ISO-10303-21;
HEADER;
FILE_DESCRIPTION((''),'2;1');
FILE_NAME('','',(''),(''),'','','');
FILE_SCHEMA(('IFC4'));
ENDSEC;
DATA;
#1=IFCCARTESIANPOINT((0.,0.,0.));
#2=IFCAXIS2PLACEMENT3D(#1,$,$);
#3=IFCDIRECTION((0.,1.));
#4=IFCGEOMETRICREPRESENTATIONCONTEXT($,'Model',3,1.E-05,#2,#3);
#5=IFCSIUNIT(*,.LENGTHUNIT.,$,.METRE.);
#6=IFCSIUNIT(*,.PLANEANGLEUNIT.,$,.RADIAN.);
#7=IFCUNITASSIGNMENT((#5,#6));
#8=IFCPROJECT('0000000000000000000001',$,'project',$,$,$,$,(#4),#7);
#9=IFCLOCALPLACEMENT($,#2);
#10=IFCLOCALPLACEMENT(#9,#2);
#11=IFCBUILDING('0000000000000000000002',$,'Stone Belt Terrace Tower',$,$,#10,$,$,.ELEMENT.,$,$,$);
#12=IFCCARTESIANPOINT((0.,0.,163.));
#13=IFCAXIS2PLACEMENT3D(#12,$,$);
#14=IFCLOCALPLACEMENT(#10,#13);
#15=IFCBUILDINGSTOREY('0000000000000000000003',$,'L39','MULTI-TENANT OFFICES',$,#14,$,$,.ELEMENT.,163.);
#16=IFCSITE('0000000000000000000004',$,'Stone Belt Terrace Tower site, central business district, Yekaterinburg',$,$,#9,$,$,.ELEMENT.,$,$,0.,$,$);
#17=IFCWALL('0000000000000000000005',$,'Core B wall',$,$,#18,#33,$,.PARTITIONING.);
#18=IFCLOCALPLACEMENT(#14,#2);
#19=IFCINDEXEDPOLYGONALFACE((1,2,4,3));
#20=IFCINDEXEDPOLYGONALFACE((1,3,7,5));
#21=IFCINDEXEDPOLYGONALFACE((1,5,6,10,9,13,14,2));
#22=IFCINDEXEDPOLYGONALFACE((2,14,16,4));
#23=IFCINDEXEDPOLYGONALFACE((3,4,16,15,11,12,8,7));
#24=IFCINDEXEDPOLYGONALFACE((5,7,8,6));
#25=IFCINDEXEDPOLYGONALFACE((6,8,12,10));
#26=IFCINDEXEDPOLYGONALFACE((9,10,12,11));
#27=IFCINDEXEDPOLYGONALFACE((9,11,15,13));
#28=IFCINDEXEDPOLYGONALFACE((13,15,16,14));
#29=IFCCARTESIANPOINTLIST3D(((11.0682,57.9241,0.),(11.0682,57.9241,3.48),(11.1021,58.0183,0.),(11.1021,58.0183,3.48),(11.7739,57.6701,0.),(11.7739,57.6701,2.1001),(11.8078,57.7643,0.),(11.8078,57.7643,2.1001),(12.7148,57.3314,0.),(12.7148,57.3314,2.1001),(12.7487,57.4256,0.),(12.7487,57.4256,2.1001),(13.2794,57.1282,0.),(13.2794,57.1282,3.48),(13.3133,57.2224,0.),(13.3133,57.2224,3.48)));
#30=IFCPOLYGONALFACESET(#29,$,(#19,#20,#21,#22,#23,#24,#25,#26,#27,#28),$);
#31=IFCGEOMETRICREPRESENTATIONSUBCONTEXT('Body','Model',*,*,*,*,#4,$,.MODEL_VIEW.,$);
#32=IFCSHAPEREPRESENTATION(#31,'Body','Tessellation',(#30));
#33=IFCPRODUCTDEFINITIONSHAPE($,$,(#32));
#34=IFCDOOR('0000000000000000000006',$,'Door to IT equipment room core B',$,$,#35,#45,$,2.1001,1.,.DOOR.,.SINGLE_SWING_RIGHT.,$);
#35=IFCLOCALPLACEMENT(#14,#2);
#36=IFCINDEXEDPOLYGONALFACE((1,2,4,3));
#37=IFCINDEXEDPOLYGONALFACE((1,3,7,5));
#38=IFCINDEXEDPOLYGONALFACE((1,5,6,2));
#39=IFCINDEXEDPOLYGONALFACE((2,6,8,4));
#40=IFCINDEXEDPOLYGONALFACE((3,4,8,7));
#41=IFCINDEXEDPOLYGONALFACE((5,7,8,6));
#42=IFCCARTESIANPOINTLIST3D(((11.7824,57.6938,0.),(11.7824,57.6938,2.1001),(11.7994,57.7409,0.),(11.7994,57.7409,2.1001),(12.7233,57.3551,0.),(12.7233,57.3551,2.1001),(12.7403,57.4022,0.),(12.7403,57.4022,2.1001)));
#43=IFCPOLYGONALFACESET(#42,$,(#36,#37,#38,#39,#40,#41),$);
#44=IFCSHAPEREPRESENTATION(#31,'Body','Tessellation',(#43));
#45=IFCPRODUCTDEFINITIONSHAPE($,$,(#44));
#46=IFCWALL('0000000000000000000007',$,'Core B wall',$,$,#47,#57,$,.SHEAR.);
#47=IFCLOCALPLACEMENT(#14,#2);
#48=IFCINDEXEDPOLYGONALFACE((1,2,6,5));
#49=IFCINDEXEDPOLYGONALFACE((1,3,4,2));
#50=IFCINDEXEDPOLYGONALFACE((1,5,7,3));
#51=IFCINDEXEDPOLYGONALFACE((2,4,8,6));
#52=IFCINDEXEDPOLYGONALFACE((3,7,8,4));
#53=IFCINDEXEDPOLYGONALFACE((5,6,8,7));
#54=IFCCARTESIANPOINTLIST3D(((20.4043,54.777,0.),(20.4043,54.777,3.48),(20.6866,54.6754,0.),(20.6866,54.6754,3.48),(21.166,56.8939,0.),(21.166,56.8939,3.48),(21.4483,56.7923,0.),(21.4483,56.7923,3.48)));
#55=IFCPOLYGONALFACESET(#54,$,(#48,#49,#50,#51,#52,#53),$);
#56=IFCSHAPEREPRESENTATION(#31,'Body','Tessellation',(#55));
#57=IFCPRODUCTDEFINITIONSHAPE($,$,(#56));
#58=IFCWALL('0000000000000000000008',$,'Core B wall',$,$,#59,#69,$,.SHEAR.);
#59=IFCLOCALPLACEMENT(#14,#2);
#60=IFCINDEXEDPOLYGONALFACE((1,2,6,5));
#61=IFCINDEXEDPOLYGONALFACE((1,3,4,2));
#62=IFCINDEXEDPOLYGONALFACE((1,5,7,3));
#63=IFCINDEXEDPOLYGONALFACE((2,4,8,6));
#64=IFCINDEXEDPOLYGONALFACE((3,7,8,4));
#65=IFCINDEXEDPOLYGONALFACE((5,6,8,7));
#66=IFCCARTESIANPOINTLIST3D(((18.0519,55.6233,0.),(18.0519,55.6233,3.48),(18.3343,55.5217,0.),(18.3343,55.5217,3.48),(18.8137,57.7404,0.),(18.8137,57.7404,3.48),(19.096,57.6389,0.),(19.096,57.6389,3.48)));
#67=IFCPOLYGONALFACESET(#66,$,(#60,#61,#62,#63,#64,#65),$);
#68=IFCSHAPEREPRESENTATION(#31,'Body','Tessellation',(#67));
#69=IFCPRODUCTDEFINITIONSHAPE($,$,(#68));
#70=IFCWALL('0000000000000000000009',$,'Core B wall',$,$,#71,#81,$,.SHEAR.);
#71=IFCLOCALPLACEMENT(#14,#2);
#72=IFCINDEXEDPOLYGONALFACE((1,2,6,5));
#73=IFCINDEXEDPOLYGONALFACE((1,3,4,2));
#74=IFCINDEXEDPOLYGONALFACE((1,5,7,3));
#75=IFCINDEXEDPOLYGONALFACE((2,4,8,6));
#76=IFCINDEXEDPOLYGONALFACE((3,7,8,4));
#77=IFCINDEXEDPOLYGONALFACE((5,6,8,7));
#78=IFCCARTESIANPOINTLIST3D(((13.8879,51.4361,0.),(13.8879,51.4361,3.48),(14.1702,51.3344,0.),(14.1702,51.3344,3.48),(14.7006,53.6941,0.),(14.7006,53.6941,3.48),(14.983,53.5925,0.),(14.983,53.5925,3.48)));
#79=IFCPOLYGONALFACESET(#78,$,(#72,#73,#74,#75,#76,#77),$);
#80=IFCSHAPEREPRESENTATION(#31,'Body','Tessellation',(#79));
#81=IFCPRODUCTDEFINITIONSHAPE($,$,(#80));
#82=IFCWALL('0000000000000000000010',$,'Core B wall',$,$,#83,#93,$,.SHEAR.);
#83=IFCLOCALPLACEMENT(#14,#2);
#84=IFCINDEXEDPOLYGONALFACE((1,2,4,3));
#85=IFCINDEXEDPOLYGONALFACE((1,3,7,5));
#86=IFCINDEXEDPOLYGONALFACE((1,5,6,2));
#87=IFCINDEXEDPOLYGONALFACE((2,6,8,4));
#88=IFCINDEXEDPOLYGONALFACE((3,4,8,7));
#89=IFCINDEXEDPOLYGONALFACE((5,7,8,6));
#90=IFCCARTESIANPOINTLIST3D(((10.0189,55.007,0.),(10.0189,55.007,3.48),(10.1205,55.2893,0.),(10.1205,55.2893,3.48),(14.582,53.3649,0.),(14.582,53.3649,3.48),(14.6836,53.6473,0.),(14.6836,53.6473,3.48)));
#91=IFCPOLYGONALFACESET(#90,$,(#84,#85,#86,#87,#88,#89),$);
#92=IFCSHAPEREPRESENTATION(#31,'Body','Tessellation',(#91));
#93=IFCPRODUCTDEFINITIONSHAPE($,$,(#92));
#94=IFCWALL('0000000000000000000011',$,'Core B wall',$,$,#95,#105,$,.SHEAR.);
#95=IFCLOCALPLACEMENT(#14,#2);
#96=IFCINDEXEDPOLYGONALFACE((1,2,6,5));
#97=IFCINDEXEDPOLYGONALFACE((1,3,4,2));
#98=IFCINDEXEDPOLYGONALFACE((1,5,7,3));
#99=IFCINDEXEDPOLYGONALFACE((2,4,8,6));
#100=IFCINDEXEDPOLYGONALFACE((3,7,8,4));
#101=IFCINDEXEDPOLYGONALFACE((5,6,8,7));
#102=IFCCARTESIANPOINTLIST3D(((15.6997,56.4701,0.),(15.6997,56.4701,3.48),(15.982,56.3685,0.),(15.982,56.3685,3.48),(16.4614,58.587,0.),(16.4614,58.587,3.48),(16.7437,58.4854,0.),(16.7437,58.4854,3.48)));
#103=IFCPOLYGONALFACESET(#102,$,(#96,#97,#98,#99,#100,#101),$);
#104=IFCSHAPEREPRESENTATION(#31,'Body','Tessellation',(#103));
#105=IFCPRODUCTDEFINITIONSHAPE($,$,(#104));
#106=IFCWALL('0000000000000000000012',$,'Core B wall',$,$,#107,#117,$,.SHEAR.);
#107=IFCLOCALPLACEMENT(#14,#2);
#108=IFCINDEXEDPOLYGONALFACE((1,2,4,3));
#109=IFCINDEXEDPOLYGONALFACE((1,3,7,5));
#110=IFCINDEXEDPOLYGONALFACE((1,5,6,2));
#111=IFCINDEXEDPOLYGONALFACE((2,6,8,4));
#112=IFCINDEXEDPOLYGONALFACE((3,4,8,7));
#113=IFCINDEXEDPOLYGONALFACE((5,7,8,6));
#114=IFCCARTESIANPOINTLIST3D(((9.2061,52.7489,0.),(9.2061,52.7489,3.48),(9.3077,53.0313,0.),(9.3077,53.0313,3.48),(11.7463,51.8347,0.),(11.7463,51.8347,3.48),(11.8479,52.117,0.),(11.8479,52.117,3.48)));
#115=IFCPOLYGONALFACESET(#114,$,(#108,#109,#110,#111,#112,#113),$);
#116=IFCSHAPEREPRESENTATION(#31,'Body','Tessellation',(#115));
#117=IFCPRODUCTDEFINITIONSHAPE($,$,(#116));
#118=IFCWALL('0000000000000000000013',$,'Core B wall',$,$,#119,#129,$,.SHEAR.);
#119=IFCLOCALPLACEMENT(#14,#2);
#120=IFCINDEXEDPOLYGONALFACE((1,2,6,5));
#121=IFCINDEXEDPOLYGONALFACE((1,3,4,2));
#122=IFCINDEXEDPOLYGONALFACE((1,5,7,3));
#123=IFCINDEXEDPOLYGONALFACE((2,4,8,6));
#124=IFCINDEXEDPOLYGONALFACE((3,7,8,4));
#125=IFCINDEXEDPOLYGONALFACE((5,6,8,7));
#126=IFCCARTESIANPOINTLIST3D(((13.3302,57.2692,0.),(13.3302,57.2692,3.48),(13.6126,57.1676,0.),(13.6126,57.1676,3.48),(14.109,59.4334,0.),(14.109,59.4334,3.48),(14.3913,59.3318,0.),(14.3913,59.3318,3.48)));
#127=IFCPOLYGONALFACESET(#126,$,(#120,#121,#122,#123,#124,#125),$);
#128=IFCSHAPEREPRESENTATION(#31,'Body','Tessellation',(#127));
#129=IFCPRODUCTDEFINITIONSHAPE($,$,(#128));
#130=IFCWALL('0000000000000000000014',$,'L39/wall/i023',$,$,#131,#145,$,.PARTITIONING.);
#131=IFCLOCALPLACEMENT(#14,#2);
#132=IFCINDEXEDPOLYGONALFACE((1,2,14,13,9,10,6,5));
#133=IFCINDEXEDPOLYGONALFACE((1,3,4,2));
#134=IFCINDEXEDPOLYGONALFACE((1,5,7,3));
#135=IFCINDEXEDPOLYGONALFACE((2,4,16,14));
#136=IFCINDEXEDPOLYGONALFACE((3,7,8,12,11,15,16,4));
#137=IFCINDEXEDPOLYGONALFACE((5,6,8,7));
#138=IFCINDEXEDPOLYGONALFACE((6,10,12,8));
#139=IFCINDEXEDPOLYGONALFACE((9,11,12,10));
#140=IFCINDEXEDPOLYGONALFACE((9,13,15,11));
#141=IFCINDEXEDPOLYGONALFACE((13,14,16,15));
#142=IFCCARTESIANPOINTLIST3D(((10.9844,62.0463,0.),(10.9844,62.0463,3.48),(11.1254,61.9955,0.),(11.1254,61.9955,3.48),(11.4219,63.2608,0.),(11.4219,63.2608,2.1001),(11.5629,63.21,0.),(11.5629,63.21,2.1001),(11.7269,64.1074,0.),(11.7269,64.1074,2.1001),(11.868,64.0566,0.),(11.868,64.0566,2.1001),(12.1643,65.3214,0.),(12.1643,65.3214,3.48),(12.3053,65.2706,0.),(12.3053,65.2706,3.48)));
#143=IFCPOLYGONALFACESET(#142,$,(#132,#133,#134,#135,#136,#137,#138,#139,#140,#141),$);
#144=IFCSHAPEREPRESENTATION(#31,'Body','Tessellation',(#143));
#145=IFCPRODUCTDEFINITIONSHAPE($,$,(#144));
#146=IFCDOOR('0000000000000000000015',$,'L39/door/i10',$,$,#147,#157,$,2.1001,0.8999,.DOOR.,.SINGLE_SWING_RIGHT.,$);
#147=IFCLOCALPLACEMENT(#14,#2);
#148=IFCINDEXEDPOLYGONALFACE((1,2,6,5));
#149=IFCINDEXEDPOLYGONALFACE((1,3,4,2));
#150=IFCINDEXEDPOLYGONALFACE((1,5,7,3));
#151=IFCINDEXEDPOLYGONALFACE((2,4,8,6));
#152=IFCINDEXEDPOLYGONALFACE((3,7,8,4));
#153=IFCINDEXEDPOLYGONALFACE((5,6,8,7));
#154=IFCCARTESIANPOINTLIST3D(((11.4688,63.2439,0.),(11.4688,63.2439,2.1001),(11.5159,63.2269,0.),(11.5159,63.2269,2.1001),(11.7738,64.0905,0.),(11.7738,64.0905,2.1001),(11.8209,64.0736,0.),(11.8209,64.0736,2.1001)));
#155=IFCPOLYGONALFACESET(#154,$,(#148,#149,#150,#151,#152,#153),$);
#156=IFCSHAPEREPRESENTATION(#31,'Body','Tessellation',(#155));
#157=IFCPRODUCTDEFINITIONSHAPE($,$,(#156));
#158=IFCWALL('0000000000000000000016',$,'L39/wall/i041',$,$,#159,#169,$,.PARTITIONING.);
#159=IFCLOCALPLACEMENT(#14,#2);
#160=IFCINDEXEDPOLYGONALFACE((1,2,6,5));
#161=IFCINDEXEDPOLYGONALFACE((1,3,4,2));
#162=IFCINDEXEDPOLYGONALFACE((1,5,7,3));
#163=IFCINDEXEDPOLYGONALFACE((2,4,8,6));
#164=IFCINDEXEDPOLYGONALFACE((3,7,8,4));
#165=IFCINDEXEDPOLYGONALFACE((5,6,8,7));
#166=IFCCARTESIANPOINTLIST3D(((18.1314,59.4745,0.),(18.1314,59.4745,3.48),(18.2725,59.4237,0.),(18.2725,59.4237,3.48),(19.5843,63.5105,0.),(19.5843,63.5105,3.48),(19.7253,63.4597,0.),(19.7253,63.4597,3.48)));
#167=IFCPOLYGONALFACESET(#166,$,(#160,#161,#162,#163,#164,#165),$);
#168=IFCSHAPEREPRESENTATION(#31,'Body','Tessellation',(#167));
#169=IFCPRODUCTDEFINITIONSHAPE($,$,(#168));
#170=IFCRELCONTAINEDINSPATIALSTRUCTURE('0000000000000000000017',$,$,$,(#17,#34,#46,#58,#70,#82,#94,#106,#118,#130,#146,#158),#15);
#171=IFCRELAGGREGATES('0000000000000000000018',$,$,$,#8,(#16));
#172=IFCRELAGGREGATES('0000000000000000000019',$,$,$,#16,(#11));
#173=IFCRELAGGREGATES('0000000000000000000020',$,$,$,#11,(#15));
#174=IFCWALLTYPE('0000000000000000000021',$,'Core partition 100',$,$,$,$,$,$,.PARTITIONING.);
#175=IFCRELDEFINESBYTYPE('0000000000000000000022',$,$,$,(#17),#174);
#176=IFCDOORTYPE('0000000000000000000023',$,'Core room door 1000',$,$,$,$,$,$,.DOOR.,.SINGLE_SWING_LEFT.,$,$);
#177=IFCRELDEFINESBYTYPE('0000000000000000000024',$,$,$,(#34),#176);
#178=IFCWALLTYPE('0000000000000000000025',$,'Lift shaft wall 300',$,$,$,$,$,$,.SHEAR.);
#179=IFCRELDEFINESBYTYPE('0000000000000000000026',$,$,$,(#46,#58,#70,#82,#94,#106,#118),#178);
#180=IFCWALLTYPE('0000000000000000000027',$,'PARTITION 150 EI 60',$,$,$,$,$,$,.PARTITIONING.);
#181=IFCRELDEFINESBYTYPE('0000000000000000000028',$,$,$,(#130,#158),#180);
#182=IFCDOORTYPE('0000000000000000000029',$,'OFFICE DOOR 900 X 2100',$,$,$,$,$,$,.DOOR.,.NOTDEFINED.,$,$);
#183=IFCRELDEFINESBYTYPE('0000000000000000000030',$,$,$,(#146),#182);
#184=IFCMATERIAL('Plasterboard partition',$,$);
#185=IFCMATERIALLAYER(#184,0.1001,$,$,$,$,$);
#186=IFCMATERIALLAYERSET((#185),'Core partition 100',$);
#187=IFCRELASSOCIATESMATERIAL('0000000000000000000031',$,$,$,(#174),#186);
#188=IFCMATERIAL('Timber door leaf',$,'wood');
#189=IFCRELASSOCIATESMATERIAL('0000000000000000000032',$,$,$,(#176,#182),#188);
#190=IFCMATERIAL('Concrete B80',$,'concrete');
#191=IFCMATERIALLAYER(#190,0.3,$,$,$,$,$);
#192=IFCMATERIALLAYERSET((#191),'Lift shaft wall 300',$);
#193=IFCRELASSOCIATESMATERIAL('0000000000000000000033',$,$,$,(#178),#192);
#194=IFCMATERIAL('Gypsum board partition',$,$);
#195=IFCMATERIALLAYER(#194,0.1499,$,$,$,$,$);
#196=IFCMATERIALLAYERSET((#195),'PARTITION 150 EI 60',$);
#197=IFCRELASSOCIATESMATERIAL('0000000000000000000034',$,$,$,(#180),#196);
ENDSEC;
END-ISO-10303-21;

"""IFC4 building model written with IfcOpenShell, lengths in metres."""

from ifc_helpers import new_model, si_unit, direction, frame, frame_2d, origin, place, context, subcontext, project, spatial, rectangle, extrude, material, layer, layer_set, type_object, element, fill, save


model = new_model("IFC4")

# Units and contexts
model_context = context("Model", 3, precision=1e-05, world=origin(), true_north=direction((0.0, 1.0)))
body_context = subcontext(model_context, "Body", "Model", "MODEL_VIEW")
ifc_project = project(units=[si_unit("LENGTHUNIT", "METRE"), si_unit("PLANEANGLEUNIT", "RADIAN")], contexts=[model_context])

# Site, building, storey
site_placement = place(None, origin())
site = spatial("IfcSite", under=ifc_project, at=site_placement, Name="Stone Belt Terrace Tower site, central business district, Yekaterinburg", CompositionType="ELEMENT", RefElevation=0.0)
building_placement = place(site_placement, origin())
building = spatial("IfcBuilding", under=site, at=building_placement, Name="Stone Belt Terrace Tower", CompositionType="ELEMENT")
storey_placement = place(building_placement, frame((0.0, 0.0, 163.0)))
storey = spatial("IfcBuildingStorey", under=building, at=storey_placement, Name="L39", Description="MULTI-TENANT OFFICES", CompositionType="ELEMENT", Elevation=163.0)

# Shared definitions
ifc_material_1 = material(Name="Concrete B80", Category="concrete")

# Shared definitions
ifc_material_2 = material(Name="Plasterboard partition")
ifc_layer_1 = layer(ifc_material_2, 0.1001)
ifc_layer_set_1 = layer_set([ifc_layer_1], Name="Core partition 100")
wall_type_1 = type_object("IfcWallType", Name="Core partition 100", PredefinedType="PARTITIONING", material=ifc_layer_set_1)
ifc_material_3 = material(Name="Timber door leaf", Category="wood")
door_type_1 = type_object("IfcDoorType", Name="Core room door 1000", OperationType="SINGLE_SWING_LEFT", PredefinedType="DOOR", material=ifc_material_3)

# Wall, opening, door
wall_1_placement = place(storey_placement, frame((13.2964, 57.1753, 0.0), z_axis=(0.0, 0.0, 1.0), x_axis=(-0.940905, 0.338672, 0.0)))
wall_1 = element("IfcWall", 1, at=wall_1_placement, inside=storey, type_object=wall_type_1, Name="Core B wall", PredefinedType="PARTITIONING", context=body_context, shape_type="SweptSolid", body=[
    extrude(rectangle(XDim=2.3501, YDim=0.1001, at=frame_2d((1.175, 0.0))), origin(), (0.0, 0.0, 1.0), 3.48),
])
opening_1_placement = place(wall_1_placement, frame((0.6001, 0.0, 0.0)))
opening_1 = element("IfcOpeningElement", 2, at=opening_1_placement, cuts=wall_1, PredefinedType="OPENING", context=body_context, shape_type="SweptSolid", body=[
    extrude(rectangle(XDim=1.0, YDim=2.1001, at=frame_2d((0.5, 1.05))), frame((0.0, 0.0601, 0.0), z_axis=(0.0, -1.0, 0.0), x_axis=(1.0, 0.0, 0.0)), (0.0, 0.0, 1.0), 0.1201),
])
door_1_placement = place(opening_1_placement, origin())
door_1 = element("IfcDoor", 3, at=door_1_placement, inside=storey, type_object=door_type_1, Name="Door to IT equipment room core B", OperationType="SINGLE_SWING_RIGHT", OverallHeight=2.1001, OverallWidth=1.0, PredefinedType="DOOR", context=body_context, shape_type="SweptSolid", body=[
    extrude(rectangle(XDim=1.0, YDim=2.1001, at=frame_2d((0.5, 1.05))), frame((0.0, 0.0249, 0.0), z_axis=(0.0, -1.0, 0.0), x_axis=(1.0, 0.0, 0.0)), (0.0, 0.0, 1.0), 0.05),
])
fill(opening_1, door_1)

# Walls
ifc_layer_2 = layer(ifc_material_1, 0.3)
ifc_layer_set_2 = layer_set([ifc_layer_2], Name="Lift shaft wall 300")
wall_type_2 = type_object("IfcWallType", Name="Lift shaft wall 300", PredefinedType="SHEAR", material=ifc_layer_set_2)
wall_2_placement = place(storey_placement, frame((20.5454, 54.7261, 0.0), z_axis=(0.0, 0.0, 1.0), x_axis=(0.33857, 0.940941, 0.0)))
element("IfcWall", 4, at=wall_2_placement, inside=storey, type_object=wall_type_2, Name="Core B wall", PredefinedType="SHEAR", context=body_context, shape_type="SweptSolid", body=[
    extrude(rectangle(XDim=2.2498, YDim=0.3, at=frame_2d((1.125, 0.0))), origin(), (0.0, 0.0, 1.0), 3.48),
])
wall_3_placement = place(storey_placement, frame((18.1931, 55.5725, 0.0), z_axis=(0.0, 0.0, 1.0), x_axis=(0.338535, 0.940954, 0.0)))
element("IfcWall", 5, at=wall_3_placement, inside=storey, type_object=wall_type_2, Name="Core B wall", PredefinedType="SHEAR", context=body_context, shape_type="SweptSolid", body=[
    extrude(rectangle(XDim=2.25, YDim=0.3, at=frame_2d((1.125, 0.0))), origin(), (0.0, 0.0, 1.0), 3.48),
])
wall_4_placement = place(storey_placement, frame((14.0291, 51.3853, 0.0), z_axis=(0.0, 0.0, 1.0), x_axis=(0.338662, 0.940908, 0.0)))
element("IfcWall", 6, at=wall_4_placement, inside=storey, type_object=wall_type_2, Name="Core B wall", PredefinedType="SHEAR", context=body_context, shape_type="SweptSolid", body=[
    extrude(rectangle(XDim=2.3999, YDim=0.3, at=frame_2d((1.2, 0.0))), origin(), (0.0, 0.0, 1.0), 3.48),
])
wall_5_placement = place(storey_placement, frame((14.6328, 53.5061, 0.0), z_axis=(0.0, 0.0, 1.0), x_axis=(-0.940932, 0.338596, 0.0)))
element("IfcWall", 7, at=wall_5_placement, inside=storey, type_object=wall_type_2, Name="Core B wall", PredefinedType="SHEAR", context=body_context, shape_type="SweptSolid", body=[
    extrude(rectangle(XDim=4.8496, YDim=0.3, at=frame_2d((2.4248, 0.0))), origin(), (0.0, 0.0, 1.0), 3.48),
])
wall_6_placement = place(storey_placement, frame((15.8408, 56.4192, 0.0), z_axis=(0.0, 0.0, 1.0), x_axis=(0.33857, 0.940941, 0.0)))
element("IfcWall", 8, at=wall_6_placement, inside=storey, type_object=wall_type_2, Name="Core B wall", PredefinedType="SHEAR", context=body_context, shape_type="SweptSolid", body=[
    extrude(rectangle(XDim=2.2498, YDim=0.3, at=frame_2d((1.125, 0.0))), origin(), (0.0, 0.0, 1.0), 3.48),
])
wall_7_placement = place(storey_placement, frame((11.7971, 51.9758, 0.0), z_axis=(0.0, 0.0, 1.0), x_axis=(-0.94091, 0.338655, 0.0)))
element("IfcWall", 9, at=wall_7_placement, inside=storey, type_object=wall_type_2, Name="Core B wall", PredefinedType="SHEAR", context=body_context, shape_type="SweptSolid", body=[
    extrude(rectangle(XDim=2.6997, YDim=0.3, at=frame_2d((1.3499, 0.0))), origin(), (0.0, 0.0, 1.0), 3.48),
])
wall_8_placement = place(storey_placement, frame((13.4714, 57.2185, 0.0), z_axis=(0.0, 0.0, 1.0), x_axis=(0.338588, 0.940935, 0.0)))
element("IfcWall", 10, at=wall_8_placement, inside=storey, type_object=wall_type_2, Name="Core B wall", PredefinedType="SHEAR", context=body_context, shape_type="SweptSolid", body=[
    extrude(rectangle(XDim=2.3, YDim=0.3, at=frame_2d((1.1499, 0.0))), origin(), (0.0, 0.0, 1.0), 3.48),
])

# Wall, opening, door
ifc_material_4 = material(Name="Gypsum board partition")
ifc_layer_3 = layer(ifc_material_4, 0.1499)
ifc_layer_set_3 = layer_set([ifc_layer_3], Name="PARTITION 150 EI 60")
wall_type_3 = type_object("IfcWallType", Name="PARTITION 150 EI 60", PredefinedType="PARTITIONING", material=ifc_layer_set_3)
wall_9_placement = place(storey_placement, frame((12.2349, 65.2961, 0.0), z_axis=(0.0, 0.0, 1.0), x_axis=(-0.338943, -0.940807, 0.0)))
wall_9 = element("IfcWall", 11, at=wall_9_placement, inside=storey, type_object=wall_type_3, Name="L39/wall/i023", PredefinedType="PARTITIONING", context=body_context, shape_type="SweptSolid", body=[
    extrude(rectangle(XDim=3.4812, YDim=0.1499, at=frame_2d((1.7407, 0.0))), origin(), (0.0, 0.0, 1.0), 3.48),
])
opening_2_placement = place(wall_9_placement, frame((1.2905, 0.0, 0.0)))
opening_2 = element("IfcOpeningElement", 12, at=opening_2_placement, cuts=wall_9, PredefinedType="OPENING", context=body_context, shape_type="SweptSolid", body=[
    extrude(rectangle(XDim=0.8999, YDim=2.1001, at=frame_2d((0.45, 1.05))), frame((0.0, 0.085, 0.0), z_axis=(0.0, -1.0, 0.0), x_axis=(1.0, 0.0, 0.0)), (0.0, 0.0, 1.0), 0.1699),
])
door_type_2 = type_object("IfcDoorType", Name="OFFICE DOOR 900 X 2100", OperationType="NOTDEFINED", PredefinedType="DOOR", material=ifc_material_3)
door_2_placement = place(opening_2_placement, origin())
door_2 = element("IfcDoor", 13, at=door_2_placement, inside=storey, type_object=door_type_2, Name="L39/door/i10", OperationType="SINGLE_SWING_RIGHT", OverallHeight=2.1001, OverallWidth=0.8999, PredefinedType="DOOR", context=body_context, shape_type="SweptSolid", body=[
    extrude(rectangle(XDim=0.8999, YDim=2.1001, at=frame_2d((0.45, 1.05))), frame((0.0, 0.0249, 0.0), z_axis=(0.0, -1.0, 0.0), x_axis=(1.0, 0.0, 0.0)), (0.0, 0.0, 1.0), 0.05),
])
fill(opening_2, door_2)

# Wall
wall_10_placement = place(storey_placement, frame((19.6548, 63.4851, 0.0), z_axis=(0.0, 0.0, 1.0), x_axis=(-0.338693, -0.940897, 0.0)))
element("IfcWall", 14, at=wall_10_placement, inside=storey, type_object=wall_type_3, Name="L39/wall/i041", PredefinedType="PARTITIONING", context=body_context, shape_type="SweptSolid", body=[
    extrude(rectangle(XDim=4.2896, YDim=0.1499, at=frame_2d((2.1448, 0.0))), origin(), (0.0, 0.0, 1.0), 3.48),
])

save(model, "model.ifc")
